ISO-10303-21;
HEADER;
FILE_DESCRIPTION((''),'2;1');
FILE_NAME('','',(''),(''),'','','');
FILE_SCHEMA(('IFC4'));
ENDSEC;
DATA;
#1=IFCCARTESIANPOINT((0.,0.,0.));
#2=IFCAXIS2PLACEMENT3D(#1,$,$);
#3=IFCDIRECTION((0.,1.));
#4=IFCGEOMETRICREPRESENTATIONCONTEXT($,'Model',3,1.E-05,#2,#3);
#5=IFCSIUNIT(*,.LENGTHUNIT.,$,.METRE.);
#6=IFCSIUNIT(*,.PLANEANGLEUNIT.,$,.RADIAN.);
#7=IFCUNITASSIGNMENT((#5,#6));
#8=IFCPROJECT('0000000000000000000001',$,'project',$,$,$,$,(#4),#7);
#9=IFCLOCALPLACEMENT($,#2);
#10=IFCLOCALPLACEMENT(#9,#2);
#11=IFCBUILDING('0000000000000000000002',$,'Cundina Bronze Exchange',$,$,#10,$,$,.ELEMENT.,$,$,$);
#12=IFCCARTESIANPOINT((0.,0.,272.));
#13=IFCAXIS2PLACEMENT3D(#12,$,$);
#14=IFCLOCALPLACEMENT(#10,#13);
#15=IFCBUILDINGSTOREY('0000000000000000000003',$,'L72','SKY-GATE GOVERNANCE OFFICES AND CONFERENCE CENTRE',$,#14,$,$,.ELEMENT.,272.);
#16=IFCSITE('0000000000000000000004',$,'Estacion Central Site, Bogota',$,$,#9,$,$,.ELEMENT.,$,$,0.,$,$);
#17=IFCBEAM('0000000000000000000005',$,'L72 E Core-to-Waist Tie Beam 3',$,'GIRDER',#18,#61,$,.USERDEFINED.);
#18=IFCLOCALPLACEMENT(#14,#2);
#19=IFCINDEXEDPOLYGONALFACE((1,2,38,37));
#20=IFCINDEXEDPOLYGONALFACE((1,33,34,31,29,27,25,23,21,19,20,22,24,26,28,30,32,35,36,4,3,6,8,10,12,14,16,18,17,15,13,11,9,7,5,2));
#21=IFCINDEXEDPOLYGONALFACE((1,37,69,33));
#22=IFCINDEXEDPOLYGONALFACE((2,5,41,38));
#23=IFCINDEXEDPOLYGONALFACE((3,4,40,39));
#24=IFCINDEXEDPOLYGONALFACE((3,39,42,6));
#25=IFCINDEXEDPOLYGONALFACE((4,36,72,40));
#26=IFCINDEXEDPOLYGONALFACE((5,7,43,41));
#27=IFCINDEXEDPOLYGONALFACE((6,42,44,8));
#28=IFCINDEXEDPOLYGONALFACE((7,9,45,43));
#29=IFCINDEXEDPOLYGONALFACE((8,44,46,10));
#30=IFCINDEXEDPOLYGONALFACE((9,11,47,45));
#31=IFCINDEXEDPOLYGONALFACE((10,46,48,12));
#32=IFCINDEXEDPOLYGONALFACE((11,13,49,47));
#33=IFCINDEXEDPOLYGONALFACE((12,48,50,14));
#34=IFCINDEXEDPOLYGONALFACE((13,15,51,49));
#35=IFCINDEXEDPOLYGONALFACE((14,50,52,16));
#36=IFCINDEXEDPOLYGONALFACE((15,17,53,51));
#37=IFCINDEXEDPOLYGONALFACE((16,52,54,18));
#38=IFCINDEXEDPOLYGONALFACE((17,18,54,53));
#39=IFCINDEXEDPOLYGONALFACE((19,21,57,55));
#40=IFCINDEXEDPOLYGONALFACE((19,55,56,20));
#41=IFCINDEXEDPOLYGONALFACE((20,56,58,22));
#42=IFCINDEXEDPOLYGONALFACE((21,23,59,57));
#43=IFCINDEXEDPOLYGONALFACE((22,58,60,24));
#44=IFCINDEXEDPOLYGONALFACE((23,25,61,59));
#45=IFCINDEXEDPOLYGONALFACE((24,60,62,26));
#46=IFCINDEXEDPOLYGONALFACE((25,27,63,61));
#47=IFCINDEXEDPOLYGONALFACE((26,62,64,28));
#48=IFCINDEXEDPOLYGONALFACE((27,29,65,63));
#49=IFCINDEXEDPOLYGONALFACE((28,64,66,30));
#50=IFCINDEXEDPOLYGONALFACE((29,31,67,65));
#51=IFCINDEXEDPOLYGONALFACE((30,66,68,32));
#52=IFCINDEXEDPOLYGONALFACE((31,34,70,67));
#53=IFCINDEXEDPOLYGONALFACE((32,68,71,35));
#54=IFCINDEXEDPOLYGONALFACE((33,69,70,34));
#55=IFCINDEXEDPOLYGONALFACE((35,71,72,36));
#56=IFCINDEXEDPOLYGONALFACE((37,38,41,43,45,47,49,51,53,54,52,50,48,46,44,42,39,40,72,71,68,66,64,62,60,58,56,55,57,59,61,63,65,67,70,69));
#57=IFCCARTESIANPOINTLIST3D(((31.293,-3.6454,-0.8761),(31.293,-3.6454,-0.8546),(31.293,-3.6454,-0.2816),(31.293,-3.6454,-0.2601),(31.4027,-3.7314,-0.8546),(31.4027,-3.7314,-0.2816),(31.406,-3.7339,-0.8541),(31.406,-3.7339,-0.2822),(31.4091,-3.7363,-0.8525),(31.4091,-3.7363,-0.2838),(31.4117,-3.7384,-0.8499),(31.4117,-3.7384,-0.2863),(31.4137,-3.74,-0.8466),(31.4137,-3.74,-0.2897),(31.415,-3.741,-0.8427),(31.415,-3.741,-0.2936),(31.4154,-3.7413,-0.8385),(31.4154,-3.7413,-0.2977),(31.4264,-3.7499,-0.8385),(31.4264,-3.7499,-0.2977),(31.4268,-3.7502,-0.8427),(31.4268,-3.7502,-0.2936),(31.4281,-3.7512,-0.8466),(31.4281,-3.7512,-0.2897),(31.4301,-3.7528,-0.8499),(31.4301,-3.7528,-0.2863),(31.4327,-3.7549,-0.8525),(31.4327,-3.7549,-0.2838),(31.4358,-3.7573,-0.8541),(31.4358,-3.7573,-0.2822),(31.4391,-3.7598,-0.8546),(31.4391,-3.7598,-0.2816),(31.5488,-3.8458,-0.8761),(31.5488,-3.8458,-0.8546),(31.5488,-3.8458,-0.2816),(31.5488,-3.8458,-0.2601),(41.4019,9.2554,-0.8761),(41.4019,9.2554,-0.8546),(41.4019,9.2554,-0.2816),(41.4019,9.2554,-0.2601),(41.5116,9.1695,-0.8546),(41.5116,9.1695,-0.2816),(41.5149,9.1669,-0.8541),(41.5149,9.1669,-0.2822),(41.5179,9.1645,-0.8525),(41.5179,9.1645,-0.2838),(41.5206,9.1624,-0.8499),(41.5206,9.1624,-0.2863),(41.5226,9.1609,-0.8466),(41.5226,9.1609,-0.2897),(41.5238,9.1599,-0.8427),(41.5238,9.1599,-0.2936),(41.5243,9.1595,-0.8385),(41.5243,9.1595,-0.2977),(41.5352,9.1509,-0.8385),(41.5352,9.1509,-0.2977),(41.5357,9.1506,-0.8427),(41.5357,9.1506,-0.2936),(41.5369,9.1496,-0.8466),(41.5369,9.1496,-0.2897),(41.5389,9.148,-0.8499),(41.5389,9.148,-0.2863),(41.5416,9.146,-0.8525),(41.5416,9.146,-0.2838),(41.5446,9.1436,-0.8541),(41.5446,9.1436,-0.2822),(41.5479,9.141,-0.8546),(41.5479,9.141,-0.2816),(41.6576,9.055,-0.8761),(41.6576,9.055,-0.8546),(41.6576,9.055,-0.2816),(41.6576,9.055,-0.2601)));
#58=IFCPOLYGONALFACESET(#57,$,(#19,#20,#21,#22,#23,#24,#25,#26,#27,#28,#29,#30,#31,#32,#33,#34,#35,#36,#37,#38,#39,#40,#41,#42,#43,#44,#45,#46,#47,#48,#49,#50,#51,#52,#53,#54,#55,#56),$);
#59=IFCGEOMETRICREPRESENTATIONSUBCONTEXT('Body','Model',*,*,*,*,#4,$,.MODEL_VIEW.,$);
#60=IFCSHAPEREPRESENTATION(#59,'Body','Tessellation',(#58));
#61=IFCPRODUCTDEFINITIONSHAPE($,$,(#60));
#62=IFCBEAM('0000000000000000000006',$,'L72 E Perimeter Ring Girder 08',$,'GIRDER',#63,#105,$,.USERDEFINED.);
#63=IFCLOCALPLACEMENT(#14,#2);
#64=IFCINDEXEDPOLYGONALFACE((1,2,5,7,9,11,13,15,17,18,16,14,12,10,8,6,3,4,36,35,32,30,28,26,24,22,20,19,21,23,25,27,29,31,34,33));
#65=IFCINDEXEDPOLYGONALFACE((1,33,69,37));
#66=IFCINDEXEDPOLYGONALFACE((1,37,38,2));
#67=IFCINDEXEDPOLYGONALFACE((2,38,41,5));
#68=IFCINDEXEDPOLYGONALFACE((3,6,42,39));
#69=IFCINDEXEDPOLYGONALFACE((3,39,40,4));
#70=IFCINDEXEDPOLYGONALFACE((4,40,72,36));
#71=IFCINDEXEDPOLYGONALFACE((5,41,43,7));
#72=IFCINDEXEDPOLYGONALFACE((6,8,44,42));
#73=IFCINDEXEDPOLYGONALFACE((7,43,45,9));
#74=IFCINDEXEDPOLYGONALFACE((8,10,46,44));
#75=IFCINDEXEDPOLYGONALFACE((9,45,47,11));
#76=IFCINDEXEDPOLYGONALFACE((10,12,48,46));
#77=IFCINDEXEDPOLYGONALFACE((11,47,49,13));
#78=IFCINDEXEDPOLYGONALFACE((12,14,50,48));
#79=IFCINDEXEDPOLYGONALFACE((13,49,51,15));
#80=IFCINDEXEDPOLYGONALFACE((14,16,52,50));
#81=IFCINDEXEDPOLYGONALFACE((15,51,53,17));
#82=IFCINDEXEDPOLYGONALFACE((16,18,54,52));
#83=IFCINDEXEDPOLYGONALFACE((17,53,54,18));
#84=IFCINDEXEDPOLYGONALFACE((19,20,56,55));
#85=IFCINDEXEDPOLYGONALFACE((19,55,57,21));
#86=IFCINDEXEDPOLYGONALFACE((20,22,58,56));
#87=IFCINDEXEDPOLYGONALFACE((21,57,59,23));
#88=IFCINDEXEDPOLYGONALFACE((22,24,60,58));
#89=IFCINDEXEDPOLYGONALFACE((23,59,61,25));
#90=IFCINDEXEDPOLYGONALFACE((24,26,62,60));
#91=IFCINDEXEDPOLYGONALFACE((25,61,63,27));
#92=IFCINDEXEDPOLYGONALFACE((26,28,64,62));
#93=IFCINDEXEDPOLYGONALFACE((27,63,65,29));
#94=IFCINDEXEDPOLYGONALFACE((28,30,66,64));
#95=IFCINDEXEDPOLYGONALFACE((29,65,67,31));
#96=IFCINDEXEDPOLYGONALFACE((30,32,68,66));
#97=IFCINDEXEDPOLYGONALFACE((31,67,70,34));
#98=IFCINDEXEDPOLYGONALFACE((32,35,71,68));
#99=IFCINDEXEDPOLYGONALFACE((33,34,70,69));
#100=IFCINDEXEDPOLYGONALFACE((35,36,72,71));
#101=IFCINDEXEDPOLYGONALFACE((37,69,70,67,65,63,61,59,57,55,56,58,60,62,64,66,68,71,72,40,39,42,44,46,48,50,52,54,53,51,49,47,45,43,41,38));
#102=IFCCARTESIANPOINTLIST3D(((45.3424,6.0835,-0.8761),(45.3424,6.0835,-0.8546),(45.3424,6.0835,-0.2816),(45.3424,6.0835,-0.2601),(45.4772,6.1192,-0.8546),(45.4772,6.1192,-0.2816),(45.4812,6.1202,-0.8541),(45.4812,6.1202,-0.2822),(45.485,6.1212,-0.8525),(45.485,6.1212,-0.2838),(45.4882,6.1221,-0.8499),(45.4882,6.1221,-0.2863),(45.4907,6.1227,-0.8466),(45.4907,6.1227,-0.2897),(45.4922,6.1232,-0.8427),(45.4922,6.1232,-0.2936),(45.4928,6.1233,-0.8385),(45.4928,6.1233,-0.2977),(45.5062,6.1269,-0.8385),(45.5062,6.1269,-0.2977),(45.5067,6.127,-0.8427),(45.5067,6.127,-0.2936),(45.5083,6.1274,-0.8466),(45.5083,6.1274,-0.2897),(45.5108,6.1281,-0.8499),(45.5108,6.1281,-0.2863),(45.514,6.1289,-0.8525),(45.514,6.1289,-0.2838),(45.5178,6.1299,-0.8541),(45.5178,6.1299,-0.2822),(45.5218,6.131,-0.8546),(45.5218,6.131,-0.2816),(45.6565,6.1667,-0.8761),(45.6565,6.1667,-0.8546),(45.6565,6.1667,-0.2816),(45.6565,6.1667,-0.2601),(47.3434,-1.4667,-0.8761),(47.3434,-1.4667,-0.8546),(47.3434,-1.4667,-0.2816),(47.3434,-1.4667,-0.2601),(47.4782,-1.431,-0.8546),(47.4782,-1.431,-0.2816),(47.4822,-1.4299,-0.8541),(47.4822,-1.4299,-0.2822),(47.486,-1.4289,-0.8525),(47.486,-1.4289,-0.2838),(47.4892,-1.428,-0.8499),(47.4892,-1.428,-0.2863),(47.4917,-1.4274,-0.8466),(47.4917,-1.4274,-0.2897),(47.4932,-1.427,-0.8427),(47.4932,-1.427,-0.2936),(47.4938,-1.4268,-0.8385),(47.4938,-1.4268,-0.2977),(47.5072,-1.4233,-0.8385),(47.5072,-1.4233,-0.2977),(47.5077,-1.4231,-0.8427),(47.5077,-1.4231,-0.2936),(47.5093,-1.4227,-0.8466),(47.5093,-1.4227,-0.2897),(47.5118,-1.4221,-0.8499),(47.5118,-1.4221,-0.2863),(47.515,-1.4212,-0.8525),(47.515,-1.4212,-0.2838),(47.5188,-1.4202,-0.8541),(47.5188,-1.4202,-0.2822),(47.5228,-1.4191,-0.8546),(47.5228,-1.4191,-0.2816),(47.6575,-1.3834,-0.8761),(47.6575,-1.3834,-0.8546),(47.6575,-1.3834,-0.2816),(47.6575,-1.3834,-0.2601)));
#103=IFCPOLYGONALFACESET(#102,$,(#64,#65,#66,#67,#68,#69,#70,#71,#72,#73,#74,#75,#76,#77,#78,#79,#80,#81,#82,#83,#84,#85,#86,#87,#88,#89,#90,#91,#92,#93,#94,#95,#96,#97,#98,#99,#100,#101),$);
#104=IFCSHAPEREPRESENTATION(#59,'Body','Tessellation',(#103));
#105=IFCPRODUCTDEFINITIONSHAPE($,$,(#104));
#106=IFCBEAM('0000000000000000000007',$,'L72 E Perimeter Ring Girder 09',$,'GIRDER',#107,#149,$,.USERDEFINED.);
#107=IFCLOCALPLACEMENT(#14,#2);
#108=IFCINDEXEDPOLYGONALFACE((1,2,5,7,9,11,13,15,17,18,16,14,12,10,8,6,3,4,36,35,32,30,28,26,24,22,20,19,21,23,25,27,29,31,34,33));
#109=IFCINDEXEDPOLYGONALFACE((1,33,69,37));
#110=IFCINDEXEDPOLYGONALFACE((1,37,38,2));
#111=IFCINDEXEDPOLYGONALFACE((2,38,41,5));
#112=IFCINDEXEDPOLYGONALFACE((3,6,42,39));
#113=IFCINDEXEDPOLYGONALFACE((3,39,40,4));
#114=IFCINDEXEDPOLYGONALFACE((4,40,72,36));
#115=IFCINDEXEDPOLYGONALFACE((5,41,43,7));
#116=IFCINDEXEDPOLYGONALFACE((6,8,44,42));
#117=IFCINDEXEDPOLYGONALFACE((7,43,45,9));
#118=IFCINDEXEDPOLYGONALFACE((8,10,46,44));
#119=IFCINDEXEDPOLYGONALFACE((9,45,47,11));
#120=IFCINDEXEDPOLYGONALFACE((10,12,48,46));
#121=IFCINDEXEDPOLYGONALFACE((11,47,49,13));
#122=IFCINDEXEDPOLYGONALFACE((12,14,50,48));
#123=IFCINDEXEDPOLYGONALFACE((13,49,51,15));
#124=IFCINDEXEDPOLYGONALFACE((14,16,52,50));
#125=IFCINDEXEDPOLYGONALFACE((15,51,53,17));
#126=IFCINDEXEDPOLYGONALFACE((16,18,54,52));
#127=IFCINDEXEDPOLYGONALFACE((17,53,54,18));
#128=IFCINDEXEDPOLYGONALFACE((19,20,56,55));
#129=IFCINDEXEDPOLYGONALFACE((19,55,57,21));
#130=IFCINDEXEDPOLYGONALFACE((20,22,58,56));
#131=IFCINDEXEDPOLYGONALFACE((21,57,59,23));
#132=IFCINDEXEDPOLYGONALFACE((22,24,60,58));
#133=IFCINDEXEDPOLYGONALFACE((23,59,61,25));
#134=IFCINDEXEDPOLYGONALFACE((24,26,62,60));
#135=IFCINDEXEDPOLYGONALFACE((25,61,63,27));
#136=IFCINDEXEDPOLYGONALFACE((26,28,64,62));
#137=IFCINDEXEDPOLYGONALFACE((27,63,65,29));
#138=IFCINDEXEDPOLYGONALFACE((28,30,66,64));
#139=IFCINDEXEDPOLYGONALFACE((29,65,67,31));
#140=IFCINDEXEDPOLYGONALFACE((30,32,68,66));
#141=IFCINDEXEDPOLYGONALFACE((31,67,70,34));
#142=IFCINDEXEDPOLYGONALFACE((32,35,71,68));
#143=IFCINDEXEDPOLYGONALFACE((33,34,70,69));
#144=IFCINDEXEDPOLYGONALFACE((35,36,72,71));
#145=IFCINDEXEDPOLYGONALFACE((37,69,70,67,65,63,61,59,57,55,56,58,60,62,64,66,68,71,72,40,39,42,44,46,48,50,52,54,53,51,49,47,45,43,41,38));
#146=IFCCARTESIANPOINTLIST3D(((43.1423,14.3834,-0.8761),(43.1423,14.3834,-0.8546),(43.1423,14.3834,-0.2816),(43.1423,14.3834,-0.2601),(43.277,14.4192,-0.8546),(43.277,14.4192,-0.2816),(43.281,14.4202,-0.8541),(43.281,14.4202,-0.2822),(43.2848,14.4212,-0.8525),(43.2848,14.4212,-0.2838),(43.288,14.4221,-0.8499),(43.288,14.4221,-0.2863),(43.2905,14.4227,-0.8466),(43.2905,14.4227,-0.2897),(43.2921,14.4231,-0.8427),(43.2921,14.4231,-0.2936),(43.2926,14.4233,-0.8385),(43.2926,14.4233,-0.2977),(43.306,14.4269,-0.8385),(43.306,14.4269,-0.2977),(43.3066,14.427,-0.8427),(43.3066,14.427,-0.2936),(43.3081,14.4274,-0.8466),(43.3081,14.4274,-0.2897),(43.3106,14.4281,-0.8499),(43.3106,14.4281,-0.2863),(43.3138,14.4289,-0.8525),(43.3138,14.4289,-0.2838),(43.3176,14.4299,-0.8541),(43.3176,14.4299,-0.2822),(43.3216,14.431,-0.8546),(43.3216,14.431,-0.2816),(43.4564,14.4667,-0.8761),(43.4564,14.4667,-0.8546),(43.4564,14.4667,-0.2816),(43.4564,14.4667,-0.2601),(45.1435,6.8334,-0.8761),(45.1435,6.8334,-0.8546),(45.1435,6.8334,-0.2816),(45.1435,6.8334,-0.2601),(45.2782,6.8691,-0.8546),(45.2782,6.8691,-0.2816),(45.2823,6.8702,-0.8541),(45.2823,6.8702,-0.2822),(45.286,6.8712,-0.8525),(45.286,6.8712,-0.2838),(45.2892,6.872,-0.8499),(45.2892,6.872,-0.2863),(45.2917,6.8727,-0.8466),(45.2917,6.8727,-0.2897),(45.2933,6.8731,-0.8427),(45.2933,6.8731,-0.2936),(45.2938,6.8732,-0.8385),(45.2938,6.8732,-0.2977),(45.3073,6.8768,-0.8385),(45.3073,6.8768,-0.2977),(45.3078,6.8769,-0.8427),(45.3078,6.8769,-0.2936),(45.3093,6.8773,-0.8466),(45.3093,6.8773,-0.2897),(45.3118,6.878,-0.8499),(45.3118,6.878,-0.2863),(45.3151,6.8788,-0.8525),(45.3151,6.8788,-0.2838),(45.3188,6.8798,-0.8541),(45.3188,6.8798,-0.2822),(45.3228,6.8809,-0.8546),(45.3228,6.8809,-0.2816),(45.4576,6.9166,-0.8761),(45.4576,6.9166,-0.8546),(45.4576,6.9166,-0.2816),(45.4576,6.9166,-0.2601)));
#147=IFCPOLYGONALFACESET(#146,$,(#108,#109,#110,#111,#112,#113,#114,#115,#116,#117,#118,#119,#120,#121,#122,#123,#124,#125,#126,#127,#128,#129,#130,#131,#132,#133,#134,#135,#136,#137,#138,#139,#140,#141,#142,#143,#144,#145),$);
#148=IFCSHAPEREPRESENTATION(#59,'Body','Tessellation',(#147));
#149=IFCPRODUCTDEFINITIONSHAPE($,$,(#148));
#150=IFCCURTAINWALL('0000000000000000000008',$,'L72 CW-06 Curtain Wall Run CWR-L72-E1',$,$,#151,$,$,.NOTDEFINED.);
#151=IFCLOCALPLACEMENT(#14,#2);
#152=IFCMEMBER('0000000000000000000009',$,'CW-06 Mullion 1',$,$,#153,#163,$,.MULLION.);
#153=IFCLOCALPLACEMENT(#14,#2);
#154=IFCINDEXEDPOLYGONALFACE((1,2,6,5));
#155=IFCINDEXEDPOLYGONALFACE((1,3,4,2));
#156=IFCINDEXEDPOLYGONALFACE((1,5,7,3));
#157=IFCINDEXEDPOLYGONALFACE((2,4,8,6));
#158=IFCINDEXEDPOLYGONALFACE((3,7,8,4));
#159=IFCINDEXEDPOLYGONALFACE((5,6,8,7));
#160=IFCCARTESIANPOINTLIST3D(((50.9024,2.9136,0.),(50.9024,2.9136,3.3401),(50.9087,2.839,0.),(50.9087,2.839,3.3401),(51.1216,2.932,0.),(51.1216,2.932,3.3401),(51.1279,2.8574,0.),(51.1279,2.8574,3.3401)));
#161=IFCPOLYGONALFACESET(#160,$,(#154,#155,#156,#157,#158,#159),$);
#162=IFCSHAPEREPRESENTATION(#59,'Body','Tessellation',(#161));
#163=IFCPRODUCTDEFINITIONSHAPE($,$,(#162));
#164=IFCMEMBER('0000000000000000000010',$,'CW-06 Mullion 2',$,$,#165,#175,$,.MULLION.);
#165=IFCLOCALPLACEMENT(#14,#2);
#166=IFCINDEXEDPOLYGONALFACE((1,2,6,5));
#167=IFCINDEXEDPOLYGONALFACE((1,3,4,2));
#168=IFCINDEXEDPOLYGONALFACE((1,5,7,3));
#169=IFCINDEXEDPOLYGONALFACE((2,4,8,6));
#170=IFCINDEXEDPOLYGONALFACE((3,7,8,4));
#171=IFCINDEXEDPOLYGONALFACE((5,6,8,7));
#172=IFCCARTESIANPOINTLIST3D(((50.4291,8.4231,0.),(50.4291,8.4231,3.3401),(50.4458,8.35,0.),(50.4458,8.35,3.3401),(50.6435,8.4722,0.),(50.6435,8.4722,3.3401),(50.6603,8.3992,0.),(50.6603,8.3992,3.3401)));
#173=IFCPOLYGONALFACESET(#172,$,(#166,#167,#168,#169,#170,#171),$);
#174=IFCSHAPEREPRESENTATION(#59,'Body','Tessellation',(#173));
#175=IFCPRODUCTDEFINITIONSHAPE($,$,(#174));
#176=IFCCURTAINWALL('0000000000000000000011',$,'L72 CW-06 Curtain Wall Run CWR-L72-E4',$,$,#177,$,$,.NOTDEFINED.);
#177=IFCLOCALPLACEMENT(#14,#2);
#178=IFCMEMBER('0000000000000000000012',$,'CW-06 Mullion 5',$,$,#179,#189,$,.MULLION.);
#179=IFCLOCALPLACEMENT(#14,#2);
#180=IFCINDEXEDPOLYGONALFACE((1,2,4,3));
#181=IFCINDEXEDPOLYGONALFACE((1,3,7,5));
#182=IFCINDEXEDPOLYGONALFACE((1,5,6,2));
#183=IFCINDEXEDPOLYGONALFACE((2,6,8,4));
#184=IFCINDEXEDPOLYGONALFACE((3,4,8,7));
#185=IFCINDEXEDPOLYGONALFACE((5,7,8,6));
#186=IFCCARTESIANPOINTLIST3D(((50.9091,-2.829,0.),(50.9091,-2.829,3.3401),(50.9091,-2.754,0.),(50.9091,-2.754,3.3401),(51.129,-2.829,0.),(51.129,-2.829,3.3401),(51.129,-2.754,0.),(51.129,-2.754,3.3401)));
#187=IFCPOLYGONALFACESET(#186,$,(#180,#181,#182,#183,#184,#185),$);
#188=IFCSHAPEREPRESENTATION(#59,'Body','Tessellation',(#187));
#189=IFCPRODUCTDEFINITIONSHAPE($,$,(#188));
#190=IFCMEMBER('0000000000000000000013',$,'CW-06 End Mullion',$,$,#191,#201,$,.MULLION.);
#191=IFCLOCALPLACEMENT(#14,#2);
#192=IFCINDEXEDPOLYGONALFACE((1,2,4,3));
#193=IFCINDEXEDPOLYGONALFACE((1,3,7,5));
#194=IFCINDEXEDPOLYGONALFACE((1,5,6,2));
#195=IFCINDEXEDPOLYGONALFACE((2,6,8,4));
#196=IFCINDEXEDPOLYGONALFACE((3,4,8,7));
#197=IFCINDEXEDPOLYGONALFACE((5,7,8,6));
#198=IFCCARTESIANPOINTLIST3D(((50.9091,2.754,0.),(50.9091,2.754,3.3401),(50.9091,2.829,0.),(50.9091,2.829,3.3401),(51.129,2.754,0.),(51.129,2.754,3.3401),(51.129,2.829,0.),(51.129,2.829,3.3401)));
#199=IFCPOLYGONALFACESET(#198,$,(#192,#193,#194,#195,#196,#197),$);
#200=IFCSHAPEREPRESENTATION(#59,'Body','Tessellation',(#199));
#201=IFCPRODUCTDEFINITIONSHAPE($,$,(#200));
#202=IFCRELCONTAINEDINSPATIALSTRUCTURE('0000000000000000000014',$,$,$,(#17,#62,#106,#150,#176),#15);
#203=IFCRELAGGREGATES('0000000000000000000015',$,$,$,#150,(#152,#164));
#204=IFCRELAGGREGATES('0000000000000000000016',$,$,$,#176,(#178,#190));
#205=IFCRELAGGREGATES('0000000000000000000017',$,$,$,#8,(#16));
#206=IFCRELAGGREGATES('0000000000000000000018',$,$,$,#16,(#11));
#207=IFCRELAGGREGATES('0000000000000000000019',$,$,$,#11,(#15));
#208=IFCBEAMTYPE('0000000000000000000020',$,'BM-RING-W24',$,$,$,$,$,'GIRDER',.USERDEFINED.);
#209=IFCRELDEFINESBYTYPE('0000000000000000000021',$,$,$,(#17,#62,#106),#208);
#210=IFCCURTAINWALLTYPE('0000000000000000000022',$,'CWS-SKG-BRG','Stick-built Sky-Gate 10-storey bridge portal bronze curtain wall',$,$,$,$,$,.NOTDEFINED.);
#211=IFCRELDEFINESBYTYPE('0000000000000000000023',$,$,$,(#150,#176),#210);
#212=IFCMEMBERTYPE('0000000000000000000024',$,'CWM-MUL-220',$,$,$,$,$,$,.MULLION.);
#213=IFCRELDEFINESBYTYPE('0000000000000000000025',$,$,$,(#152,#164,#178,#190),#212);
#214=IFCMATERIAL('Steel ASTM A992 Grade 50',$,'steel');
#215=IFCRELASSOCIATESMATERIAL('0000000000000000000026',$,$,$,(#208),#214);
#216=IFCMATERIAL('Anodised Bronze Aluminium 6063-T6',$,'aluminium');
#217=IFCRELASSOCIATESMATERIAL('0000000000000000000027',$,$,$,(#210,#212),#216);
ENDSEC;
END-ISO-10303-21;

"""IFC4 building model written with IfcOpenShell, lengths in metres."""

from ifc_helpers import new_model, si_unit, direction, frame, origin, origin_2d, place, context, subcontext, project, spatial, rectangle, i_section, extrude, material, material_profile, profile_set, type_object, element, aggregate, save


model = new_model("IFC4")

# Units and contexts
model_context = context("Model", 3, precision=1e-05, world=origin(), true_north=direction((0.0, 1.0)))
body_context = subcontext(model_context, "Body", "Model", "MODEL_VIEW")
ifc_project = project(units=[si_unit("LENGTHUNIT", "METRE"), si_unit("PLANEANGLEUNIT", "RADIAN")], contexts=[model_context])

# Site, building, storey
site_placement = place(None, origin())
site = spatial("IfcSite", under=ifc_project, at=site_placement, Name="Estacion Central Site, Bogota", CompositionType="ELEMENT", RefElevation=0.0)
building_placement = place(site_placement, origin())
building = spatial("IfcBuilding", under=site, at=building_placement, Name="Cundina Bronze Exchange", CompositionType="ELEMENT")
storey_placement = place(building_placement, frame((0.0, 0.0, 272.0)))
storey = spatial("IfcBuildingStorey", under=building, at=storey_placement, Name="L72", Description="SKY-GATE GOVERNANCE OFFICES AND CONFERENCE CENTRE", CompositionType="ELEMENT", Elevation=272.0)

# Shared definitions
ifc_material_1 = material(Name="Steel ASTM A992 Grade 50", Category="steel")

# Beams
ifc_material_profile_1 = material_profile(ifc_material_1, i_section(OverallWidth=0.325, OverallDepth=0.616, WebThickness=0.0139, FlangeThickness=0.0215, FilletRadius=0.0161, at=origin_2d()), Name="W24X117", Category="steel")
ifc_profile_set_1 = profile_set([ifc_material_profile_1], Name="Steel ASTM A992 Grade 50")
beam_type_1 = type_object("IfcBeamType", Name="BM-RING-W24", ElementType="GIRDER", PredefinedType="USERDEFINED", material=ifc_profile_set_1)
beam_1_placement = place(storey_placement, frame((31.4209, -3.7456, -0.5681), z_axis=(0.616783, 0.787133, 0.0), x_axis=(-0.787133, 0.616783, 0.0)))
element("IfcBeam", 1, at=beam_1_placement, inside=storey, type_object=beam_type_1, Name="L72 E Core-to-Waist Tie Beam 3", ObjectType="GIRDER", PredefinedType="USERDEFINED", context=body_context, shape_type="SweptSolid", body=[
    extrude(i_section(OverallWidth=0.325, OverallDepth=0.616, WebThickness=0.0139, FlangeThickness=0.0215, FilletRadius=0.0161, at=origin_2d()), origin(), (0.0, 0.0, 1.0), 16.3896),
])
for number, where, z_axis, x_axis, name in (
    (2, (47.5005, -1.425, -0.5681), (-0.256184, 0.966628, 0.0), (-0.966628, -0.256184, 0.0), "L72 E Perimeter Ring Girder 08"),
    (3, (45.3005, 6.875, -0.5681), (-0.256213, 0.96662, 0.0), (-0.96662, -0.256213, 0.0), "L72 E Perimeter Ring Girder 09"),
):
    element("IfcBeam", number, at=place(storey_placement, frame(where, z_axis=z_axis, x_axis=x_axis)), inside=storey, type_object=beam_type_1, Name=name, ObjectType="GIRDER", PredefinedType="USERDEFINED", context=body_context, shape_type="SweptSolid", body=[
        extrude(i_section(OverallWidth=0.325, OverallDepth=0.616, WebThickness=0.0139, FlangeThickness=0.0215, FilletRadius=0.0161, at=origin_2d()), origin(), (0.0, 0.0, 1.0), 7.8108),
    ])

# Curtain walls, members
ifc_material_2 = material(Name="Anodised Bronze Aluminium 6063-T6", Category="aluminium")
curtain_wall_type = type_object("IfcCurtainWallType", Name="CWS-SKG-BRG", Description="Stick-built Sky-Gate 10-storey bridge portal bronze curtain wall", PredefinedType="NOTDEFINED", material=ifc_material_2)
curtain_wall_1_placement = place(storey_placement, origin())
curtain_wall_1 = element("IfcCurtainWall", 4, at=curtain_wall_1_placement, inside=storey, type_object=curtain_wall_type, Name="L72 CW-06 Curtain Wall Run CWR-L72-E1", PredefinedType="NOTDEFINED")
ifc_material_profile_2 = material_profile(ifc_material_2, rectangle(XDim=0.075, YDim=0.22, at=origin_2d()), Name="AL75X220", Category="aluminium")
ifc_profile_set_2 = profile_set([ifc_material_profile_2], Name="Anodised Bronze Aluminium 6063-T6")
member_type_1 = type_object("IfcMemberType", Name="CWM-MUL-220", PredefinedType="MULLION", material=ifc_profile_set_2)
member_1_placement = place(storey_placement, frame((51.0151, 2.8855, 0.0), z_axis=(0.0, 0.0, 1.0), x_axis=(-0.083678, 0.996493, 0.0)))
member_1 = element("IfcMember", 5, at=member_1_placement, type_object=member_type_1, Name="CW-06 Mullion 1", PredefinedType="MULLION", context=body_context, shape_type="SweptSolid", body=[
    extrude(rectangle(XDim=0.075, YDim=0.22, at=origin_2d()), origin(), (0.0, 0.0, 1.0), 3.3401),
])
member_2_placement = place(storey_placement, frame((50.5447, 8.4111, 0.0), z_axis=(0.0, 0.0, 1.0), x_axis=(-0.22325, 0.974761, 0.0)))
member_2 = element("IfcMember", 6, at=member_2_placement, type_object=member_type_1, Name="CW-06 Mullion 2", PredefinedType="MULLION", context=body_context, shape_type="SweptSolid", body=[
    extrude(rectangle(XDim=0.075, YDim=0.22, at=origin_2d()), origin(), (0.0, 0.0, 1.0), 3.3401),
])
curtain_wall_2_placement = place(storey_placement, origin())
curtain_wall_2 = element("IfcCurtainWall", 7, at=curtain_wall_2_placement, inside=storey, type_object=curtain_wall_type, Name="L72 CW-06 Curtain Wall Run CWR-L72-E4", PredefinedType="NOTDEFINED")
member_3_placement = place(storey_placement, frame((51.019, -2.7915, 0.0), z_axis=(0.0, 0.0, 1.0), x_axis=(0.0, 1.0, 0.0)))
member_3 = element("IfcMember", 8, at=member_3_placement, type_object=member_type_1, Name="CW-06 Mullion 5", PredefinedType="MULLION", context=body_context, shape_type="SweptSolid", body=[
    extrude(rectangle(XDim=0.075, YDim=0.22, at=origin_2d()), origin(), (0.0, 0.0, 1.0), 3.3401),
])
member_4_placement = place(storey_placement, frame((51.019, 2.7915, 0.0), z_axis=(0.0, 0.0, 1.0), x_axis=(0.0, 1.0, 0.0)))
member_4 = element("IfcMember", 9, at=member_4_placement, type_object=member_type_1, Name="CW-06 End Mullion", PredefinedType="MULLION", context=body_context, shape_type="SweptSolid", body=[
    extrude(rectangle(XDim=0.075, YDim=0.22, at=origin_2d()), origin(), (0.0, 0.0, 1.0), 3.3401),
])

aggregate(curtain_wall_1, [member_1, member_2])
aggregate(curtain_wall_2, [member_3, member_4])

save(model, "model.ifc")
